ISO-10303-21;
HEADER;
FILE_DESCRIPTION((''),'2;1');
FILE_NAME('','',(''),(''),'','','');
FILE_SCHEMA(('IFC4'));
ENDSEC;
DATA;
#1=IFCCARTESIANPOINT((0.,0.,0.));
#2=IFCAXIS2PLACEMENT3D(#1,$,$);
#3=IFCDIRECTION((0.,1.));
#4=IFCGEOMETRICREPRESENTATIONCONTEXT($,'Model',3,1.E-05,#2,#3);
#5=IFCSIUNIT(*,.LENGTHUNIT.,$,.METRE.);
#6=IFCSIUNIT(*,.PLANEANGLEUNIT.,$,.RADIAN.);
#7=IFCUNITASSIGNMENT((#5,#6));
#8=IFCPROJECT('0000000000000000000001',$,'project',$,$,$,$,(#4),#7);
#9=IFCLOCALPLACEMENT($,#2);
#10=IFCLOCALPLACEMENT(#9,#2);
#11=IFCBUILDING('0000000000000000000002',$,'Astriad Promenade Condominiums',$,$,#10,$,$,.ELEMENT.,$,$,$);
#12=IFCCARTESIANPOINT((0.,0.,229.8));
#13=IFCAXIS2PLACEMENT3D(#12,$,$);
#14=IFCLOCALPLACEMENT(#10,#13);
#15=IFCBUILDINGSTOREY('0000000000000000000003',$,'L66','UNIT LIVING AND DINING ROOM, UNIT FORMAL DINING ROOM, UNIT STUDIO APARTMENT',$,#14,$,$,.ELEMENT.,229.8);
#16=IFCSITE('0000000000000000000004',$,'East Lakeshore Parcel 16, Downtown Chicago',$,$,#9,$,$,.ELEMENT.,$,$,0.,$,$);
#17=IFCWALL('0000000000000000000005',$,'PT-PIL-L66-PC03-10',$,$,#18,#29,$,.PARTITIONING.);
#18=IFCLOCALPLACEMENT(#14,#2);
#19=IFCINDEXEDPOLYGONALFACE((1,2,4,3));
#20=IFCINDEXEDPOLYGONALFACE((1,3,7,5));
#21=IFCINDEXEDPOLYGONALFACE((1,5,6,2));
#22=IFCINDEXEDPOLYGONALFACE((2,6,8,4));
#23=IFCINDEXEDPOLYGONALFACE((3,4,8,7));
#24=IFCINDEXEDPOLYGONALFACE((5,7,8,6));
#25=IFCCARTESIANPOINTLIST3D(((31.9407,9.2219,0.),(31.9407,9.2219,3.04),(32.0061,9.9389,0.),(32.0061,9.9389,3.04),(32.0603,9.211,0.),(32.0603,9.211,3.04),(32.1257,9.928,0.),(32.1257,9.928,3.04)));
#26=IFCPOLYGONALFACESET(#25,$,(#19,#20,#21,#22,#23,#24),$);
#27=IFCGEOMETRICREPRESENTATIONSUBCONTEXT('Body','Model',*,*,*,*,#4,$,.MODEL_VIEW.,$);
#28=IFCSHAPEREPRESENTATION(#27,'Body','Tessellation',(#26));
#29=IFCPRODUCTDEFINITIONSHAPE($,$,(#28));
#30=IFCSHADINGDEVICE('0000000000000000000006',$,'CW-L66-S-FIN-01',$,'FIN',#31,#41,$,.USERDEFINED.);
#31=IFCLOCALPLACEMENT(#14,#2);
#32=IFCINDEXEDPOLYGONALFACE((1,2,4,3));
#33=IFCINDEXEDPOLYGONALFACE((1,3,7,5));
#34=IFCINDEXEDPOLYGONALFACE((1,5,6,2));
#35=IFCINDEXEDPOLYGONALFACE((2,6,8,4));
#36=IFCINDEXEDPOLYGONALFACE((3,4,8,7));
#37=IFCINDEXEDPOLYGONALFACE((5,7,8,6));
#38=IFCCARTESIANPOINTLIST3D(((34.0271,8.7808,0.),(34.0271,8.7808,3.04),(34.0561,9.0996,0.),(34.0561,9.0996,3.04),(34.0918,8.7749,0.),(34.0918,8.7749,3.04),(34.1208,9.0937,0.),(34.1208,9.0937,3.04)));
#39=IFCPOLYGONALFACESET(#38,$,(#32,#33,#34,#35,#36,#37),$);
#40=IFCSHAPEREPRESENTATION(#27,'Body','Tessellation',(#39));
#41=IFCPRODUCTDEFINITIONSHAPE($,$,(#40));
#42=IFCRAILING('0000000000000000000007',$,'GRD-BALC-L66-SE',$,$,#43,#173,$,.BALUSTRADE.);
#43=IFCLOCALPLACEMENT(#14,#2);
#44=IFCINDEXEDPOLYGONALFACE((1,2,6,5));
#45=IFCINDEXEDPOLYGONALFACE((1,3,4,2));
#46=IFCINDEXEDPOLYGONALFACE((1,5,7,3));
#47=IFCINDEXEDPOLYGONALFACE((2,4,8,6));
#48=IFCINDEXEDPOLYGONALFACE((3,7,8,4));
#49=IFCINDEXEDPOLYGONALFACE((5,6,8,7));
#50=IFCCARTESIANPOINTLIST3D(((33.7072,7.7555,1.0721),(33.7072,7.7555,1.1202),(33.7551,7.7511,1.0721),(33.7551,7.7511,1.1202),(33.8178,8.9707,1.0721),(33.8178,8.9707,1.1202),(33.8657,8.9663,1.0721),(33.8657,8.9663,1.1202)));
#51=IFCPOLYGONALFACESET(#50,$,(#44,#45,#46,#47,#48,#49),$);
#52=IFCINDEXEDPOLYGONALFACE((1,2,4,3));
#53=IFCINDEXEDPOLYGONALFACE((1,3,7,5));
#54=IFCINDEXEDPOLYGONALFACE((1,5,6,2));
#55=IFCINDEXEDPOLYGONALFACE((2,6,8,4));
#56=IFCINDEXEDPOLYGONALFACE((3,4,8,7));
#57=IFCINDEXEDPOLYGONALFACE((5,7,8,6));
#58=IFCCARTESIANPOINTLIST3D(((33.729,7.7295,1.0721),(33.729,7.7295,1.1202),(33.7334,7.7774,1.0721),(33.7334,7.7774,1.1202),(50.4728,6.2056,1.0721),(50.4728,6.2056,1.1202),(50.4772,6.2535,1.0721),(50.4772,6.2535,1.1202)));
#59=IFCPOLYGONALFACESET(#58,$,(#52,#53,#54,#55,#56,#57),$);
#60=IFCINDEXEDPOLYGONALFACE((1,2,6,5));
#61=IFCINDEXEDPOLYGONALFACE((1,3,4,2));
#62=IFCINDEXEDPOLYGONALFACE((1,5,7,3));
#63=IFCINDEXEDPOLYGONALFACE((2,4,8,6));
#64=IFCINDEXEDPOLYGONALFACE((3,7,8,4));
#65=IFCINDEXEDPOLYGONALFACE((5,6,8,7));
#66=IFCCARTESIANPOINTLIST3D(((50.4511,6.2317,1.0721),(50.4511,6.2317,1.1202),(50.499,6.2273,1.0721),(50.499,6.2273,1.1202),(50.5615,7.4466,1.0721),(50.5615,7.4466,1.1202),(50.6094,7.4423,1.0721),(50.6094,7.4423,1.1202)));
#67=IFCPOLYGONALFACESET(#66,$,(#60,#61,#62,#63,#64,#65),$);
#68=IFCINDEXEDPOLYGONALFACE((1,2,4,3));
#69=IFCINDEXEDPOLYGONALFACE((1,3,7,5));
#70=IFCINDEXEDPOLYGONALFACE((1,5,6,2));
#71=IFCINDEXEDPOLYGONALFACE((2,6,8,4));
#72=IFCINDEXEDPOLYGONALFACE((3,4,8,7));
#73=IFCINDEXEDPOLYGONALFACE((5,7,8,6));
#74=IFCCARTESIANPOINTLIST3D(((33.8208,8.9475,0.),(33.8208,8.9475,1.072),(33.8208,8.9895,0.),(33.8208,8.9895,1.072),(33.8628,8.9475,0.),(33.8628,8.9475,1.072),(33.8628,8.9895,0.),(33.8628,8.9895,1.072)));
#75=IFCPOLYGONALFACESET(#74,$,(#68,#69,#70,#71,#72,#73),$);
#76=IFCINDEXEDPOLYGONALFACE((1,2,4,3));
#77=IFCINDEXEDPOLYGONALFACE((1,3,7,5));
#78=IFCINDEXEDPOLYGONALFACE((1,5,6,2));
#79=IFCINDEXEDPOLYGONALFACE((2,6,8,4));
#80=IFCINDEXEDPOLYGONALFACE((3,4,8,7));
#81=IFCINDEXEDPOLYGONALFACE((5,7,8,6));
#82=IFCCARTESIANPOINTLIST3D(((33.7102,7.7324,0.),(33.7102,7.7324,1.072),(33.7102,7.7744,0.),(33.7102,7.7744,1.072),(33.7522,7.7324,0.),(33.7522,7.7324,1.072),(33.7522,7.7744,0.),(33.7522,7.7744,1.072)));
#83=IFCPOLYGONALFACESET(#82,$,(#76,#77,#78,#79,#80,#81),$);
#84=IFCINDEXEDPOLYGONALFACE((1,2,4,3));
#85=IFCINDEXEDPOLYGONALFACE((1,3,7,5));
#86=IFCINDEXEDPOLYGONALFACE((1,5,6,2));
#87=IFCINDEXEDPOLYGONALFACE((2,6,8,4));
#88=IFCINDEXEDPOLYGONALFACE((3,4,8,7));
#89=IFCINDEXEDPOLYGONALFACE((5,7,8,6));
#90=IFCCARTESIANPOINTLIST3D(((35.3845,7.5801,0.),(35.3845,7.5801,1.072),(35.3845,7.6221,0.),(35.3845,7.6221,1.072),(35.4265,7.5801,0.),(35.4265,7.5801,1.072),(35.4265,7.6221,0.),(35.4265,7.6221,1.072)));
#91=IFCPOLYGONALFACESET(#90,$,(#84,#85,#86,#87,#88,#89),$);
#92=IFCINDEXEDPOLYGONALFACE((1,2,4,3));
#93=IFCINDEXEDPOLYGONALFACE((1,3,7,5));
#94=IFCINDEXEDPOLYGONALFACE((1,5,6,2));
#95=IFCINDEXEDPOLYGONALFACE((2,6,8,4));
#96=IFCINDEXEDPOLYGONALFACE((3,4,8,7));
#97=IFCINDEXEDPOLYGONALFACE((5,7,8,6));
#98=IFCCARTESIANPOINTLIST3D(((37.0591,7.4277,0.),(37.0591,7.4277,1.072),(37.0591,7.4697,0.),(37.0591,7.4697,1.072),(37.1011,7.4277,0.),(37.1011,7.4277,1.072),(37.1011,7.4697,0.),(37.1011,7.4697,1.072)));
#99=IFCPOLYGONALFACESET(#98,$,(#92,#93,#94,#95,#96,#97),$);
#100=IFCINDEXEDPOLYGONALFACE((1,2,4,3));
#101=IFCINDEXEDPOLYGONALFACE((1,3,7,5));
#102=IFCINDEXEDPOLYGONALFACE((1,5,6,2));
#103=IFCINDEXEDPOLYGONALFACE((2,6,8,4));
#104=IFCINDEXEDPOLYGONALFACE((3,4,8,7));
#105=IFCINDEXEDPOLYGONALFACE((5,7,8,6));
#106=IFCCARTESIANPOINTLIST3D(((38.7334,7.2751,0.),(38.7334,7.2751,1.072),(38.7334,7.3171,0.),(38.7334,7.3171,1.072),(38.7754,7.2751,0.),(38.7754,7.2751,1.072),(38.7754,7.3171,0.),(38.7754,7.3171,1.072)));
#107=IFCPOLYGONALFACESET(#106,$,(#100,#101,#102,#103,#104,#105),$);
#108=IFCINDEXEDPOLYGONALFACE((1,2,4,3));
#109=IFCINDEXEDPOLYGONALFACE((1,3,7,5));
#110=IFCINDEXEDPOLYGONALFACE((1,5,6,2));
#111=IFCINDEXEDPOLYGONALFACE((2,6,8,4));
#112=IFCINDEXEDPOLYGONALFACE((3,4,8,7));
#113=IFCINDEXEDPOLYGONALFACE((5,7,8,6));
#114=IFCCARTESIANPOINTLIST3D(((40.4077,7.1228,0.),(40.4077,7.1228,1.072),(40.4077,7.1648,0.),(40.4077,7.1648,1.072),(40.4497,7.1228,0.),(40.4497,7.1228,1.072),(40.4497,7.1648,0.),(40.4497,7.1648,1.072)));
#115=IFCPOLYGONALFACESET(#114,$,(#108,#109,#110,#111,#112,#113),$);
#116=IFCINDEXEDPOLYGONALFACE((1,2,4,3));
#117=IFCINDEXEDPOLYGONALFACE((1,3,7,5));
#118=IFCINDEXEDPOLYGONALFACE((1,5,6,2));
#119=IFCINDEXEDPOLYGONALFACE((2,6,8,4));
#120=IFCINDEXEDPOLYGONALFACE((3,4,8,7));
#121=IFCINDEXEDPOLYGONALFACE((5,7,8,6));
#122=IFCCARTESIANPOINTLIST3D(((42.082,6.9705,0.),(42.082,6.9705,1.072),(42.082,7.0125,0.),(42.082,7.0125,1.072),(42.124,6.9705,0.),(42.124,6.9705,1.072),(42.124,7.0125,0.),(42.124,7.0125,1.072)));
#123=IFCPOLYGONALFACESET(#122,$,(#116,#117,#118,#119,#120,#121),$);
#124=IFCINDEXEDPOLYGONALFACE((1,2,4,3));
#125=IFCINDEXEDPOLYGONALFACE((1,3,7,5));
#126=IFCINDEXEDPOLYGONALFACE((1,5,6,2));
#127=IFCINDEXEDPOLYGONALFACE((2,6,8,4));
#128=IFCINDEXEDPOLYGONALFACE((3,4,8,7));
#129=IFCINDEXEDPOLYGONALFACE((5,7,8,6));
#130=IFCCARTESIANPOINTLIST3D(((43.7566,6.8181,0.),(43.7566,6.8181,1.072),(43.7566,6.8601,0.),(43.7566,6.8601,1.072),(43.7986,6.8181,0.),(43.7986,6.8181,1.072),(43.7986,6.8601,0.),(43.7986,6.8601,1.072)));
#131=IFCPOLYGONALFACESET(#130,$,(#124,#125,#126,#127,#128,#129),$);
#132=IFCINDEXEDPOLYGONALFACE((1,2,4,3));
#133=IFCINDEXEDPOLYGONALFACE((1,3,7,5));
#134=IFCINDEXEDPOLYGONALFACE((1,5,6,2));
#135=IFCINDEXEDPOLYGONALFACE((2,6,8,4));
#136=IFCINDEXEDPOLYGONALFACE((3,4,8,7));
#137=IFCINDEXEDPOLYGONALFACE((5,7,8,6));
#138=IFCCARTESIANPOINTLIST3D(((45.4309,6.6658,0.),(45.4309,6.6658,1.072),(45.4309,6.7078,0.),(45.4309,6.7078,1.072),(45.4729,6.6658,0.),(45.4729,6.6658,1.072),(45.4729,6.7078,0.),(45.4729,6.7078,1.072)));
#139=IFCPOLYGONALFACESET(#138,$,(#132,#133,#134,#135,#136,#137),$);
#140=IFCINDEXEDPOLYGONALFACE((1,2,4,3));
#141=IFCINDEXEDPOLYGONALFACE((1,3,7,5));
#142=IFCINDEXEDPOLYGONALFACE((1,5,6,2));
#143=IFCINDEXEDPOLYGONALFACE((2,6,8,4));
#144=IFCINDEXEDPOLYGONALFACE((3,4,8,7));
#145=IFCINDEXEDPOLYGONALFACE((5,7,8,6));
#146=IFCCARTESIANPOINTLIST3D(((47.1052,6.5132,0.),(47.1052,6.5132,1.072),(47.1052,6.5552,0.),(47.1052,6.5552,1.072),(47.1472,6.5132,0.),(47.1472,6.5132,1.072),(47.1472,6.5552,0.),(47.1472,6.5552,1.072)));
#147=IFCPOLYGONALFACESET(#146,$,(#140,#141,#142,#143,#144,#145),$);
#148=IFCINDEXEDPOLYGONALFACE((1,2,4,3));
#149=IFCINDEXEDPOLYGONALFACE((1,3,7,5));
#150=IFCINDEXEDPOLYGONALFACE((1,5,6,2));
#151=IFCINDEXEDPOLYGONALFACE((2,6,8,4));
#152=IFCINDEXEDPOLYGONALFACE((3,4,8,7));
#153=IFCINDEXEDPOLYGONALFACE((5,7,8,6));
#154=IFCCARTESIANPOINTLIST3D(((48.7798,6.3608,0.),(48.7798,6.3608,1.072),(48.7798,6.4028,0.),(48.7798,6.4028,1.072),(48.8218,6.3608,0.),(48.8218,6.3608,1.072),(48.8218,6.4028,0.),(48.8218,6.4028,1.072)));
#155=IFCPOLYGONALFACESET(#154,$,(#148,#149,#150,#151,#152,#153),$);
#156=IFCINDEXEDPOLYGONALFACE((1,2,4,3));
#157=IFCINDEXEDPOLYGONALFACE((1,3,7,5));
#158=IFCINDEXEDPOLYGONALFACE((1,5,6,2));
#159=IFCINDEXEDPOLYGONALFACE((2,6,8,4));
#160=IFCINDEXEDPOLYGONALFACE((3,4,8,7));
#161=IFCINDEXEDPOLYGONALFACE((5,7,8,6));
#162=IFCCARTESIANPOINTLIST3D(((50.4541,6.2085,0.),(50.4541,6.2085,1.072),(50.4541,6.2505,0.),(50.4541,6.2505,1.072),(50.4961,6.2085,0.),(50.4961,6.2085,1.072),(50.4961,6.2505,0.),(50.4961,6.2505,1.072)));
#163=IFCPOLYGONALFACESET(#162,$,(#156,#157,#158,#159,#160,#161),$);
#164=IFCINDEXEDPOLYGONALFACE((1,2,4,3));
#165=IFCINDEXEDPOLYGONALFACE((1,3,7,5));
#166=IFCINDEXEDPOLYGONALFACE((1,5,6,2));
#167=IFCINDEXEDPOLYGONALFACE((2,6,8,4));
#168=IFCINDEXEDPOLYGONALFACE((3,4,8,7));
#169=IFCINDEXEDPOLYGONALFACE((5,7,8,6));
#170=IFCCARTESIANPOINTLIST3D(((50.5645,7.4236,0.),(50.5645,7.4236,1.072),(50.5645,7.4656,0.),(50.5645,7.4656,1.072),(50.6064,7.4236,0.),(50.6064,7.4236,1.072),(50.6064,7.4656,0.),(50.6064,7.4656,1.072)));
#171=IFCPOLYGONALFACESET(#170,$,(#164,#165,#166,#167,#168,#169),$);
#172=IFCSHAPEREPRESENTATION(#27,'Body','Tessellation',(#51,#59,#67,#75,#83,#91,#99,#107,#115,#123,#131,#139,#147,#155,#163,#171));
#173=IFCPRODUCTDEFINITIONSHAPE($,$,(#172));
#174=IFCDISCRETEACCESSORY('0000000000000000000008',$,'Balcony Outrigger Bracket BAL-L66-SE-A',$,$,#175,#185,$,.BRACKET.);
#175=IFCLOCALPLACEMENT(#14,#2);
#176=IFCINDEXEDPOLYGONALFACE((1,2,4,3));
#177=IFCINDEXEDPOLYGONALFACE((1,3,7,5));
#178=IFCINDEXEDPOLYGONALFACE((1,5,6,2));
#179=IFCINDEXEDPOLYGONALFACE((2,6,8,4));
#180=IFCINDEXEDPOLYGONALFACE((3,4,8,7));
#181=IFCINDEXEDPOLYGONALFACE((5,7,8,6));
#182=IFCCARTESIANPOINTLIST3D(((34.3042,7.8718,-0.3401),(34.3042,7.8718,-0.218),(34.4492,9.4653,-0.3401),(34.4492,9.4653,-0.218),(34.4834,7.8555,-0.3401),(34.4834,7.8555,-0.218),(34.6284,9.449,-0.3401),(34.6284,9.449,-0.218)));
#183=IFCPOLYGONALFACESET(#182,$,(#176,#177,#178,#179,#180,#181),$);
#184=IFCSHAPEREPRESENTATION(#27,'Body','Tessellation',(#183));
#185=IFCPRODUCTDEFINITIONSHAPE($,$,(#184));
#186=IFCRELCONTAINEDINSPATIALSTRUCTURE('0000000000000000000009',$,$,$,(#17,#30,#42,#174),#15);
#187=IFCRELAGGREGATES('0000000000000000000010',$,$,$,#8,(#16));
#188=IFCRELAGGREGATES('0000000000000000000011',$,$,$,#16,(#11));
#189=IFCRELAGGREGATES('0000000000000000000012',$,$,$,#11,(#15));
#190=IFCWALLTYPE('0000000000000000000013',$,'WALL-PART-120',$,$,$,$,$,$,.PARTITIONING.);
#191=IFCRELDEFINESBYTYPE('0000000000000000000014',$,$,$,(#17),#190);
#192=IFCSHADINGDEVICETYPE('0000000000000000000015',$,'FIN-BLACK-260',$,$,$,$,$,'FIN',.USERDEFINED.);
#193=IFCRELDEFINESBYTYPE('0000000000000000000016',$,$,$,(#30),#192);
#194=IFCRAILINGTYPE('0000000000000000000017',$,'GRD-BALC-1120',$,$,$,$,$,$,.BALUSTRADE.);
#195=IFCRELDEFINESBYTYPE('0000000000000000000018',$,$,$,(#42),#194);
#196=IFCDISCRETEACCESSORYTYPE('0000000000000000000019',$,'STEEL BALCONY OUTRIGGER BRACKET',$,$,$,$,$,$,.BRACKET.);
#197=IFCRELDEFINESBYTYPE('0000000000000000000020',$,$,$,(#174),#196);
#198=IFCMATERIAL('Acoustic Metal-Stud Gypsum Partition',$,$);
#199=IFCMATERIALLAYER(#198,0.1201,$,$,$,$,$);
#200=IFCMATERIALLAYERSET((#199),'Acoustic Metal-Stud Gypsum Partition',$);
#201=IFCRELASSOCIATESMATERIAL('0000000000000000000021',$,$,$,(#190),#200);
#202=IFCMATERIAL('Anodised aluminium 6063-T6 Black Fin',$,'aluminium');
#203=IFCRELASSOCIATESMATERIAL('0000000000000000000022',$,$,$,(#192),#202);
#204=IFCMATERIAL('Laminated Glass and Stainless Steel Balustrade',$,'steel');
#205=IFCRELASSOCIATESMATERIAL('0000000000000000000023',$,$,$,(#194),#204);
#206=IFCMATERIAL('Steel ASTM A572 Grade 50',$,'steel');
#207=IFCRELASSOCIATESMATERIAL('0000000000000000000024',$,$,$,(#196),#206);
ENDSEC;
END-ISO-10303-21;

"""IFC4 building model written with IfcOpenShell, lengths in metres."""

from ifc_helpers import new_model, si_unit, direction, frame, frame_2d, origin, origin_2d, place, context, subcontext, project, spatial, rectangle, extrude, source, transform, mapped, material, layer, layer_set, type_object, type_shapes, element, save


model = new_model("IFC4")

# Units and contexts
model_context = context("Model", 3, precision=1e-05, world=origin(), true_north=direction((0.0, 1.0)))
body_context = subcontext(model_context, "Body", "Model", "MODEL_VIEW")
ifc_project = project(units=[si_unit("LENGTHUNIT", "METRE"), si_unit("PLANEANGLEUNIT", "RADIAN")], contexts=[model_context])

# Site, building, storey
site_placement = place(None, origin())
site = spatial("IfcSite", under=ifc_project, at=site_placement, Name="East Lakeshore Parcel 16, Downtown Chicago", CompositionType="ELEMENT", RefElevation=0.0)
building_placement = place(site_placement, origin())
building = spatial("IfcBuilding", under=site, at=building_placement, Name="Astriad Promenade Condominiums", CompositionType="ELEMENT")
storey_placement = place(building_placement, frame((0.0, 0.0, 229.8)))
storey = spatial("IfcBuildingStorey", under=building, at=storey_placement, Name="L66", Description="UNIT LIVING AND DINING ROOM, UNIT FORMAL DINING ROOM, UNIT STUDIO APARTMENT", CompositionType="ELEMENT", Elevation=229.8)

# Shared definitions
ifc_material_1 = material(Name="Acoustic Metal-Stud Gypsum Partition")
ifc_layer_1 = layer(ifc_material_1, 0.1201)
ifc_layer_set_1 = layer_set([ifc_layer_1], Name="Acoustic Metal-Stud Gypsum Partition")
wall_type_1 = type_object("IfcWallType", Name="WALL-PART-120", PredefinedType="PARTITIONING", material=ifc_layer_set_1)

# Wall
wall_1_placement = place(storey_placement, frame((32.0659, 9.9333, 0.0), z_axis=(0.0, 0.0, 1.0), x_axis=(-0.090872, -0.995863, 0.0)))
element("IfcWall", 1, at=wall_1_placement, inside=storey, type_object=wall_type_1, Name="PT-PIL-L66-PC03-10", PredefinedType="PARTITIONING", context=body_context, shape_type="SweptSolid", body=[
    extrude(rectangle(XDim=0.72, YDim=0.1201, at=frame_2d((0.3599, 0.0))), origin(), (0.0, 0.0, 1.0), 3.04),
])

# Shading device
ifc_material_2 = material(Name="Anodised aluminium 6063-T6 Black Fin", Category="aluminium")
shading_device_type = type_object("IfcShadingDeviceType", Name="FIN-BLACK-260", ElementType="FIN", PredefinedType="USERDEFINED", material=ifc_material_2)
shared_shape_1 = source(origin(), body_context, "Body", "SweptSolid", [
    extrude(rectangle(XDim=0.0649, YDim=0.3201, at=origin_2d()), origin(), (0.0, 0.0, 1.0), 3.04),
])
type_shapes(shading_device_type, [shared_shape_1])
shading_device_placement = place(storey_placement, frame((34.074, 8.9373, 0.0), z_axis=(0.0, 0.0, 1.0), x_axis=(-0.995884, 0.090633, 0.0)))
element("IfcShadingDevice", 2, at=shading_device_placement, inside=storey, type_object=shading_device_type, Name="CW-L66-S-FIN-01", ObjectType="FIN", PredefinedType="USERDEFINED", context=body_context, shape_type="MappedRepresentation", body=[
    mapped(shared_shape_1, transform((0.0, 0.0, 0.0), scale=1.0)),
])

# Railing
ifc_material_3 = material(Name="Laminated Glass and Stainless Steel Balustrade", Category="steel")
railing_type = type_object("IfcRailingType", Name="GRD-BALC-1120", PredefinedType="BALUSTRADE", material=ifc_material_3)
shared_shape_2 = source(origin(), body_context, "Body", "SweptSolid", [
    extrude(rectangle(XDim=0.0481, YDim=0.0481, at=origin_2d()), frame((0.0, 0.0, 1.0962), z_axis=(-0.090644, -0.995883, 0.0), x_axis=(0.995883, -0.090644, 0.0)), (0.0, 0.0, 1.0), 1.2202),
    extrude(rectangle(XDim=0.0481, YDim=0.0481, at=origin_2d()), frame((-0.1106, -1.2151, 1.0962), z_axis=(0.995884, -0.090639, 0.0), x_axis=(0.090639, 0.995884, 0.0)), (0.0, 0.0, 1.0), 16.813),
    extrude(rectangle(XDim=0.0481, YDim=0.0481, at=origin_2d()), frame((16.6333, -2.739, 1.0962), z_axis=(0.090446, 0.995901, 0.0), x_axis=(-0.995901, 0.090446, 0.0)), (0.0, 0.0, 1.0), 1.22),
    extrude(rectangle(XDim=0.042, YDim=0.042, at=origin_2d()), origin(), (0.0, 0.0, 1.0), 1.072),
    extrude(rectangle(XDim=0.042, YDim=0.042, at=origin_2d()), frame((-0.1106, -1.2151, 0.0)), (0.0, 0.0, 1.0), 1.072),
    extrude(rectangle(XDim=0.042, YDim=0.042, at=origin_2d()), frame((1.5637, -1.3674, 0.0)), (0.0, 0.0, 1.0), 1.072),
    extrude(rectangle(XDim=0.042, YDim=0.042, at=origin_2d()), frame((3.2383, -1.5198, 0.0)), (0.0, 0.0, 1.0), 1.072),
    extrude(rectangle(XDim=0.042, YDim=0.042, at=origin_2d()), frame((4.9126, -1.6724, 0.0)), (0.0, 0.0, 1.0), 1.072),
    extrude(rectangle(XDim=0.042, YDim=0.042, at=origin_2d()), frame((6.5869, -1.8247, 0.0)), (0.0, 0.0, 1.0), 1.072),
    extrude(rectangle(XDim=0.042, YDim=0.042, at=origin_2d()), frame((8.2612, -1.9771, 0.0)), (0.0, 0.0, 1.0), 1.072),
    extrude(rectangle(XDim=0.042, YDim=0.042, at=origin_2d()), frame((9.9358, -2.1294, 0.0)), (0.0, 0.0, 1.0), 1.072),
    extrude(rectangle(XDim=0.042, YDim=0.042, at=origin_2d()), frame((11.6101, -2.2817, 0.0)), (0.0, 0.0, 1.0), 1.072),
    extrude(rectangle(XDim=0.042, YDim=0.042, at=origin_2d()), frame((13.2844, -2.4343, 0.0)), (0.0, 0.0, 1.0), 1.072),
    extrude(rectangle(XDim=0.042, YDim=0.042, at=origin_2d()), frame((14.959, -2.5867, 0.0)), (0.0, 0.0, 1.0), 1.072),
    extrude(rectangle(XDim=0.042, YDim=0.042, at=origin_2d()), frame((16.6333, -2.739, 0.0)), (0.0, 0.0, 1.0), 1.072),
    extrude(rectangle(XDim=0.042, YDim=0.042, at=origin_2d()), frame((16.7437, -1.5239, 0.0)), (0.0, 0.0, 1.0), 1.072),
])
type_shapes(railing_type, [shared_shape_2])
railing_placement = place(storey_placement, frame((33.8418, 8.9685, 0.0)))
element("IfcRailing", 3, at=railing_placement, inside=storey, type_object=railing_type, Name="GRD-BALC-L66-SE", PredefinedType="BALUSTRADE", context=body_context, shape_type="MappedRepresentation", body=[
    mapped(shared_shape_2, transform((0.0, 0.0, 0.0), scale=1.0)),
])

# Discrete accessory
ifc_material_4 = material(Name="Steel ASTM A572 Grade 50", Category="steel")
discrete_accessory_type = type_object("IfcDiscreteAccessoryType", Name="STEEL BALCONY OUTRIGGER BRACKET", PredefinedType="BRACKET", material=ifc_material_4)
shared_shape_3 = source(origin(), body_context, "Body", "SweptSolid", [
    extrude(rectangle(XDim=1.6001, YDim=0.1799, at=origin_2d()), origin(), (0.0, 0.0, 1.0), 0.1221),
])
type_shapes(discrete_accessory_type, [shared_shape_3])
discrete_accessory_placement = place(storey_placement, frame((34.4663, 8.6604, -0.3401), z_axis=(0.0, 0.0, 1.0), x_axis=(-0.090633, -0.995884, 0.0)))
element("IfcDiscreteAccessory", 4, at=discrete_accessory_placement, inside=storey, type_object=discrete_accessory_type, Name="Balcony Outrigger Bracket BAL-L66-SE-A", PredefinedType="BRACKET", context=body_context, shape_type="MappedRepresentation", body=[
    mapped(shared_shape_3, transform((0.0, 0.0, 0.0), scale=1.0)),
])

save(model, "model.ifc")
